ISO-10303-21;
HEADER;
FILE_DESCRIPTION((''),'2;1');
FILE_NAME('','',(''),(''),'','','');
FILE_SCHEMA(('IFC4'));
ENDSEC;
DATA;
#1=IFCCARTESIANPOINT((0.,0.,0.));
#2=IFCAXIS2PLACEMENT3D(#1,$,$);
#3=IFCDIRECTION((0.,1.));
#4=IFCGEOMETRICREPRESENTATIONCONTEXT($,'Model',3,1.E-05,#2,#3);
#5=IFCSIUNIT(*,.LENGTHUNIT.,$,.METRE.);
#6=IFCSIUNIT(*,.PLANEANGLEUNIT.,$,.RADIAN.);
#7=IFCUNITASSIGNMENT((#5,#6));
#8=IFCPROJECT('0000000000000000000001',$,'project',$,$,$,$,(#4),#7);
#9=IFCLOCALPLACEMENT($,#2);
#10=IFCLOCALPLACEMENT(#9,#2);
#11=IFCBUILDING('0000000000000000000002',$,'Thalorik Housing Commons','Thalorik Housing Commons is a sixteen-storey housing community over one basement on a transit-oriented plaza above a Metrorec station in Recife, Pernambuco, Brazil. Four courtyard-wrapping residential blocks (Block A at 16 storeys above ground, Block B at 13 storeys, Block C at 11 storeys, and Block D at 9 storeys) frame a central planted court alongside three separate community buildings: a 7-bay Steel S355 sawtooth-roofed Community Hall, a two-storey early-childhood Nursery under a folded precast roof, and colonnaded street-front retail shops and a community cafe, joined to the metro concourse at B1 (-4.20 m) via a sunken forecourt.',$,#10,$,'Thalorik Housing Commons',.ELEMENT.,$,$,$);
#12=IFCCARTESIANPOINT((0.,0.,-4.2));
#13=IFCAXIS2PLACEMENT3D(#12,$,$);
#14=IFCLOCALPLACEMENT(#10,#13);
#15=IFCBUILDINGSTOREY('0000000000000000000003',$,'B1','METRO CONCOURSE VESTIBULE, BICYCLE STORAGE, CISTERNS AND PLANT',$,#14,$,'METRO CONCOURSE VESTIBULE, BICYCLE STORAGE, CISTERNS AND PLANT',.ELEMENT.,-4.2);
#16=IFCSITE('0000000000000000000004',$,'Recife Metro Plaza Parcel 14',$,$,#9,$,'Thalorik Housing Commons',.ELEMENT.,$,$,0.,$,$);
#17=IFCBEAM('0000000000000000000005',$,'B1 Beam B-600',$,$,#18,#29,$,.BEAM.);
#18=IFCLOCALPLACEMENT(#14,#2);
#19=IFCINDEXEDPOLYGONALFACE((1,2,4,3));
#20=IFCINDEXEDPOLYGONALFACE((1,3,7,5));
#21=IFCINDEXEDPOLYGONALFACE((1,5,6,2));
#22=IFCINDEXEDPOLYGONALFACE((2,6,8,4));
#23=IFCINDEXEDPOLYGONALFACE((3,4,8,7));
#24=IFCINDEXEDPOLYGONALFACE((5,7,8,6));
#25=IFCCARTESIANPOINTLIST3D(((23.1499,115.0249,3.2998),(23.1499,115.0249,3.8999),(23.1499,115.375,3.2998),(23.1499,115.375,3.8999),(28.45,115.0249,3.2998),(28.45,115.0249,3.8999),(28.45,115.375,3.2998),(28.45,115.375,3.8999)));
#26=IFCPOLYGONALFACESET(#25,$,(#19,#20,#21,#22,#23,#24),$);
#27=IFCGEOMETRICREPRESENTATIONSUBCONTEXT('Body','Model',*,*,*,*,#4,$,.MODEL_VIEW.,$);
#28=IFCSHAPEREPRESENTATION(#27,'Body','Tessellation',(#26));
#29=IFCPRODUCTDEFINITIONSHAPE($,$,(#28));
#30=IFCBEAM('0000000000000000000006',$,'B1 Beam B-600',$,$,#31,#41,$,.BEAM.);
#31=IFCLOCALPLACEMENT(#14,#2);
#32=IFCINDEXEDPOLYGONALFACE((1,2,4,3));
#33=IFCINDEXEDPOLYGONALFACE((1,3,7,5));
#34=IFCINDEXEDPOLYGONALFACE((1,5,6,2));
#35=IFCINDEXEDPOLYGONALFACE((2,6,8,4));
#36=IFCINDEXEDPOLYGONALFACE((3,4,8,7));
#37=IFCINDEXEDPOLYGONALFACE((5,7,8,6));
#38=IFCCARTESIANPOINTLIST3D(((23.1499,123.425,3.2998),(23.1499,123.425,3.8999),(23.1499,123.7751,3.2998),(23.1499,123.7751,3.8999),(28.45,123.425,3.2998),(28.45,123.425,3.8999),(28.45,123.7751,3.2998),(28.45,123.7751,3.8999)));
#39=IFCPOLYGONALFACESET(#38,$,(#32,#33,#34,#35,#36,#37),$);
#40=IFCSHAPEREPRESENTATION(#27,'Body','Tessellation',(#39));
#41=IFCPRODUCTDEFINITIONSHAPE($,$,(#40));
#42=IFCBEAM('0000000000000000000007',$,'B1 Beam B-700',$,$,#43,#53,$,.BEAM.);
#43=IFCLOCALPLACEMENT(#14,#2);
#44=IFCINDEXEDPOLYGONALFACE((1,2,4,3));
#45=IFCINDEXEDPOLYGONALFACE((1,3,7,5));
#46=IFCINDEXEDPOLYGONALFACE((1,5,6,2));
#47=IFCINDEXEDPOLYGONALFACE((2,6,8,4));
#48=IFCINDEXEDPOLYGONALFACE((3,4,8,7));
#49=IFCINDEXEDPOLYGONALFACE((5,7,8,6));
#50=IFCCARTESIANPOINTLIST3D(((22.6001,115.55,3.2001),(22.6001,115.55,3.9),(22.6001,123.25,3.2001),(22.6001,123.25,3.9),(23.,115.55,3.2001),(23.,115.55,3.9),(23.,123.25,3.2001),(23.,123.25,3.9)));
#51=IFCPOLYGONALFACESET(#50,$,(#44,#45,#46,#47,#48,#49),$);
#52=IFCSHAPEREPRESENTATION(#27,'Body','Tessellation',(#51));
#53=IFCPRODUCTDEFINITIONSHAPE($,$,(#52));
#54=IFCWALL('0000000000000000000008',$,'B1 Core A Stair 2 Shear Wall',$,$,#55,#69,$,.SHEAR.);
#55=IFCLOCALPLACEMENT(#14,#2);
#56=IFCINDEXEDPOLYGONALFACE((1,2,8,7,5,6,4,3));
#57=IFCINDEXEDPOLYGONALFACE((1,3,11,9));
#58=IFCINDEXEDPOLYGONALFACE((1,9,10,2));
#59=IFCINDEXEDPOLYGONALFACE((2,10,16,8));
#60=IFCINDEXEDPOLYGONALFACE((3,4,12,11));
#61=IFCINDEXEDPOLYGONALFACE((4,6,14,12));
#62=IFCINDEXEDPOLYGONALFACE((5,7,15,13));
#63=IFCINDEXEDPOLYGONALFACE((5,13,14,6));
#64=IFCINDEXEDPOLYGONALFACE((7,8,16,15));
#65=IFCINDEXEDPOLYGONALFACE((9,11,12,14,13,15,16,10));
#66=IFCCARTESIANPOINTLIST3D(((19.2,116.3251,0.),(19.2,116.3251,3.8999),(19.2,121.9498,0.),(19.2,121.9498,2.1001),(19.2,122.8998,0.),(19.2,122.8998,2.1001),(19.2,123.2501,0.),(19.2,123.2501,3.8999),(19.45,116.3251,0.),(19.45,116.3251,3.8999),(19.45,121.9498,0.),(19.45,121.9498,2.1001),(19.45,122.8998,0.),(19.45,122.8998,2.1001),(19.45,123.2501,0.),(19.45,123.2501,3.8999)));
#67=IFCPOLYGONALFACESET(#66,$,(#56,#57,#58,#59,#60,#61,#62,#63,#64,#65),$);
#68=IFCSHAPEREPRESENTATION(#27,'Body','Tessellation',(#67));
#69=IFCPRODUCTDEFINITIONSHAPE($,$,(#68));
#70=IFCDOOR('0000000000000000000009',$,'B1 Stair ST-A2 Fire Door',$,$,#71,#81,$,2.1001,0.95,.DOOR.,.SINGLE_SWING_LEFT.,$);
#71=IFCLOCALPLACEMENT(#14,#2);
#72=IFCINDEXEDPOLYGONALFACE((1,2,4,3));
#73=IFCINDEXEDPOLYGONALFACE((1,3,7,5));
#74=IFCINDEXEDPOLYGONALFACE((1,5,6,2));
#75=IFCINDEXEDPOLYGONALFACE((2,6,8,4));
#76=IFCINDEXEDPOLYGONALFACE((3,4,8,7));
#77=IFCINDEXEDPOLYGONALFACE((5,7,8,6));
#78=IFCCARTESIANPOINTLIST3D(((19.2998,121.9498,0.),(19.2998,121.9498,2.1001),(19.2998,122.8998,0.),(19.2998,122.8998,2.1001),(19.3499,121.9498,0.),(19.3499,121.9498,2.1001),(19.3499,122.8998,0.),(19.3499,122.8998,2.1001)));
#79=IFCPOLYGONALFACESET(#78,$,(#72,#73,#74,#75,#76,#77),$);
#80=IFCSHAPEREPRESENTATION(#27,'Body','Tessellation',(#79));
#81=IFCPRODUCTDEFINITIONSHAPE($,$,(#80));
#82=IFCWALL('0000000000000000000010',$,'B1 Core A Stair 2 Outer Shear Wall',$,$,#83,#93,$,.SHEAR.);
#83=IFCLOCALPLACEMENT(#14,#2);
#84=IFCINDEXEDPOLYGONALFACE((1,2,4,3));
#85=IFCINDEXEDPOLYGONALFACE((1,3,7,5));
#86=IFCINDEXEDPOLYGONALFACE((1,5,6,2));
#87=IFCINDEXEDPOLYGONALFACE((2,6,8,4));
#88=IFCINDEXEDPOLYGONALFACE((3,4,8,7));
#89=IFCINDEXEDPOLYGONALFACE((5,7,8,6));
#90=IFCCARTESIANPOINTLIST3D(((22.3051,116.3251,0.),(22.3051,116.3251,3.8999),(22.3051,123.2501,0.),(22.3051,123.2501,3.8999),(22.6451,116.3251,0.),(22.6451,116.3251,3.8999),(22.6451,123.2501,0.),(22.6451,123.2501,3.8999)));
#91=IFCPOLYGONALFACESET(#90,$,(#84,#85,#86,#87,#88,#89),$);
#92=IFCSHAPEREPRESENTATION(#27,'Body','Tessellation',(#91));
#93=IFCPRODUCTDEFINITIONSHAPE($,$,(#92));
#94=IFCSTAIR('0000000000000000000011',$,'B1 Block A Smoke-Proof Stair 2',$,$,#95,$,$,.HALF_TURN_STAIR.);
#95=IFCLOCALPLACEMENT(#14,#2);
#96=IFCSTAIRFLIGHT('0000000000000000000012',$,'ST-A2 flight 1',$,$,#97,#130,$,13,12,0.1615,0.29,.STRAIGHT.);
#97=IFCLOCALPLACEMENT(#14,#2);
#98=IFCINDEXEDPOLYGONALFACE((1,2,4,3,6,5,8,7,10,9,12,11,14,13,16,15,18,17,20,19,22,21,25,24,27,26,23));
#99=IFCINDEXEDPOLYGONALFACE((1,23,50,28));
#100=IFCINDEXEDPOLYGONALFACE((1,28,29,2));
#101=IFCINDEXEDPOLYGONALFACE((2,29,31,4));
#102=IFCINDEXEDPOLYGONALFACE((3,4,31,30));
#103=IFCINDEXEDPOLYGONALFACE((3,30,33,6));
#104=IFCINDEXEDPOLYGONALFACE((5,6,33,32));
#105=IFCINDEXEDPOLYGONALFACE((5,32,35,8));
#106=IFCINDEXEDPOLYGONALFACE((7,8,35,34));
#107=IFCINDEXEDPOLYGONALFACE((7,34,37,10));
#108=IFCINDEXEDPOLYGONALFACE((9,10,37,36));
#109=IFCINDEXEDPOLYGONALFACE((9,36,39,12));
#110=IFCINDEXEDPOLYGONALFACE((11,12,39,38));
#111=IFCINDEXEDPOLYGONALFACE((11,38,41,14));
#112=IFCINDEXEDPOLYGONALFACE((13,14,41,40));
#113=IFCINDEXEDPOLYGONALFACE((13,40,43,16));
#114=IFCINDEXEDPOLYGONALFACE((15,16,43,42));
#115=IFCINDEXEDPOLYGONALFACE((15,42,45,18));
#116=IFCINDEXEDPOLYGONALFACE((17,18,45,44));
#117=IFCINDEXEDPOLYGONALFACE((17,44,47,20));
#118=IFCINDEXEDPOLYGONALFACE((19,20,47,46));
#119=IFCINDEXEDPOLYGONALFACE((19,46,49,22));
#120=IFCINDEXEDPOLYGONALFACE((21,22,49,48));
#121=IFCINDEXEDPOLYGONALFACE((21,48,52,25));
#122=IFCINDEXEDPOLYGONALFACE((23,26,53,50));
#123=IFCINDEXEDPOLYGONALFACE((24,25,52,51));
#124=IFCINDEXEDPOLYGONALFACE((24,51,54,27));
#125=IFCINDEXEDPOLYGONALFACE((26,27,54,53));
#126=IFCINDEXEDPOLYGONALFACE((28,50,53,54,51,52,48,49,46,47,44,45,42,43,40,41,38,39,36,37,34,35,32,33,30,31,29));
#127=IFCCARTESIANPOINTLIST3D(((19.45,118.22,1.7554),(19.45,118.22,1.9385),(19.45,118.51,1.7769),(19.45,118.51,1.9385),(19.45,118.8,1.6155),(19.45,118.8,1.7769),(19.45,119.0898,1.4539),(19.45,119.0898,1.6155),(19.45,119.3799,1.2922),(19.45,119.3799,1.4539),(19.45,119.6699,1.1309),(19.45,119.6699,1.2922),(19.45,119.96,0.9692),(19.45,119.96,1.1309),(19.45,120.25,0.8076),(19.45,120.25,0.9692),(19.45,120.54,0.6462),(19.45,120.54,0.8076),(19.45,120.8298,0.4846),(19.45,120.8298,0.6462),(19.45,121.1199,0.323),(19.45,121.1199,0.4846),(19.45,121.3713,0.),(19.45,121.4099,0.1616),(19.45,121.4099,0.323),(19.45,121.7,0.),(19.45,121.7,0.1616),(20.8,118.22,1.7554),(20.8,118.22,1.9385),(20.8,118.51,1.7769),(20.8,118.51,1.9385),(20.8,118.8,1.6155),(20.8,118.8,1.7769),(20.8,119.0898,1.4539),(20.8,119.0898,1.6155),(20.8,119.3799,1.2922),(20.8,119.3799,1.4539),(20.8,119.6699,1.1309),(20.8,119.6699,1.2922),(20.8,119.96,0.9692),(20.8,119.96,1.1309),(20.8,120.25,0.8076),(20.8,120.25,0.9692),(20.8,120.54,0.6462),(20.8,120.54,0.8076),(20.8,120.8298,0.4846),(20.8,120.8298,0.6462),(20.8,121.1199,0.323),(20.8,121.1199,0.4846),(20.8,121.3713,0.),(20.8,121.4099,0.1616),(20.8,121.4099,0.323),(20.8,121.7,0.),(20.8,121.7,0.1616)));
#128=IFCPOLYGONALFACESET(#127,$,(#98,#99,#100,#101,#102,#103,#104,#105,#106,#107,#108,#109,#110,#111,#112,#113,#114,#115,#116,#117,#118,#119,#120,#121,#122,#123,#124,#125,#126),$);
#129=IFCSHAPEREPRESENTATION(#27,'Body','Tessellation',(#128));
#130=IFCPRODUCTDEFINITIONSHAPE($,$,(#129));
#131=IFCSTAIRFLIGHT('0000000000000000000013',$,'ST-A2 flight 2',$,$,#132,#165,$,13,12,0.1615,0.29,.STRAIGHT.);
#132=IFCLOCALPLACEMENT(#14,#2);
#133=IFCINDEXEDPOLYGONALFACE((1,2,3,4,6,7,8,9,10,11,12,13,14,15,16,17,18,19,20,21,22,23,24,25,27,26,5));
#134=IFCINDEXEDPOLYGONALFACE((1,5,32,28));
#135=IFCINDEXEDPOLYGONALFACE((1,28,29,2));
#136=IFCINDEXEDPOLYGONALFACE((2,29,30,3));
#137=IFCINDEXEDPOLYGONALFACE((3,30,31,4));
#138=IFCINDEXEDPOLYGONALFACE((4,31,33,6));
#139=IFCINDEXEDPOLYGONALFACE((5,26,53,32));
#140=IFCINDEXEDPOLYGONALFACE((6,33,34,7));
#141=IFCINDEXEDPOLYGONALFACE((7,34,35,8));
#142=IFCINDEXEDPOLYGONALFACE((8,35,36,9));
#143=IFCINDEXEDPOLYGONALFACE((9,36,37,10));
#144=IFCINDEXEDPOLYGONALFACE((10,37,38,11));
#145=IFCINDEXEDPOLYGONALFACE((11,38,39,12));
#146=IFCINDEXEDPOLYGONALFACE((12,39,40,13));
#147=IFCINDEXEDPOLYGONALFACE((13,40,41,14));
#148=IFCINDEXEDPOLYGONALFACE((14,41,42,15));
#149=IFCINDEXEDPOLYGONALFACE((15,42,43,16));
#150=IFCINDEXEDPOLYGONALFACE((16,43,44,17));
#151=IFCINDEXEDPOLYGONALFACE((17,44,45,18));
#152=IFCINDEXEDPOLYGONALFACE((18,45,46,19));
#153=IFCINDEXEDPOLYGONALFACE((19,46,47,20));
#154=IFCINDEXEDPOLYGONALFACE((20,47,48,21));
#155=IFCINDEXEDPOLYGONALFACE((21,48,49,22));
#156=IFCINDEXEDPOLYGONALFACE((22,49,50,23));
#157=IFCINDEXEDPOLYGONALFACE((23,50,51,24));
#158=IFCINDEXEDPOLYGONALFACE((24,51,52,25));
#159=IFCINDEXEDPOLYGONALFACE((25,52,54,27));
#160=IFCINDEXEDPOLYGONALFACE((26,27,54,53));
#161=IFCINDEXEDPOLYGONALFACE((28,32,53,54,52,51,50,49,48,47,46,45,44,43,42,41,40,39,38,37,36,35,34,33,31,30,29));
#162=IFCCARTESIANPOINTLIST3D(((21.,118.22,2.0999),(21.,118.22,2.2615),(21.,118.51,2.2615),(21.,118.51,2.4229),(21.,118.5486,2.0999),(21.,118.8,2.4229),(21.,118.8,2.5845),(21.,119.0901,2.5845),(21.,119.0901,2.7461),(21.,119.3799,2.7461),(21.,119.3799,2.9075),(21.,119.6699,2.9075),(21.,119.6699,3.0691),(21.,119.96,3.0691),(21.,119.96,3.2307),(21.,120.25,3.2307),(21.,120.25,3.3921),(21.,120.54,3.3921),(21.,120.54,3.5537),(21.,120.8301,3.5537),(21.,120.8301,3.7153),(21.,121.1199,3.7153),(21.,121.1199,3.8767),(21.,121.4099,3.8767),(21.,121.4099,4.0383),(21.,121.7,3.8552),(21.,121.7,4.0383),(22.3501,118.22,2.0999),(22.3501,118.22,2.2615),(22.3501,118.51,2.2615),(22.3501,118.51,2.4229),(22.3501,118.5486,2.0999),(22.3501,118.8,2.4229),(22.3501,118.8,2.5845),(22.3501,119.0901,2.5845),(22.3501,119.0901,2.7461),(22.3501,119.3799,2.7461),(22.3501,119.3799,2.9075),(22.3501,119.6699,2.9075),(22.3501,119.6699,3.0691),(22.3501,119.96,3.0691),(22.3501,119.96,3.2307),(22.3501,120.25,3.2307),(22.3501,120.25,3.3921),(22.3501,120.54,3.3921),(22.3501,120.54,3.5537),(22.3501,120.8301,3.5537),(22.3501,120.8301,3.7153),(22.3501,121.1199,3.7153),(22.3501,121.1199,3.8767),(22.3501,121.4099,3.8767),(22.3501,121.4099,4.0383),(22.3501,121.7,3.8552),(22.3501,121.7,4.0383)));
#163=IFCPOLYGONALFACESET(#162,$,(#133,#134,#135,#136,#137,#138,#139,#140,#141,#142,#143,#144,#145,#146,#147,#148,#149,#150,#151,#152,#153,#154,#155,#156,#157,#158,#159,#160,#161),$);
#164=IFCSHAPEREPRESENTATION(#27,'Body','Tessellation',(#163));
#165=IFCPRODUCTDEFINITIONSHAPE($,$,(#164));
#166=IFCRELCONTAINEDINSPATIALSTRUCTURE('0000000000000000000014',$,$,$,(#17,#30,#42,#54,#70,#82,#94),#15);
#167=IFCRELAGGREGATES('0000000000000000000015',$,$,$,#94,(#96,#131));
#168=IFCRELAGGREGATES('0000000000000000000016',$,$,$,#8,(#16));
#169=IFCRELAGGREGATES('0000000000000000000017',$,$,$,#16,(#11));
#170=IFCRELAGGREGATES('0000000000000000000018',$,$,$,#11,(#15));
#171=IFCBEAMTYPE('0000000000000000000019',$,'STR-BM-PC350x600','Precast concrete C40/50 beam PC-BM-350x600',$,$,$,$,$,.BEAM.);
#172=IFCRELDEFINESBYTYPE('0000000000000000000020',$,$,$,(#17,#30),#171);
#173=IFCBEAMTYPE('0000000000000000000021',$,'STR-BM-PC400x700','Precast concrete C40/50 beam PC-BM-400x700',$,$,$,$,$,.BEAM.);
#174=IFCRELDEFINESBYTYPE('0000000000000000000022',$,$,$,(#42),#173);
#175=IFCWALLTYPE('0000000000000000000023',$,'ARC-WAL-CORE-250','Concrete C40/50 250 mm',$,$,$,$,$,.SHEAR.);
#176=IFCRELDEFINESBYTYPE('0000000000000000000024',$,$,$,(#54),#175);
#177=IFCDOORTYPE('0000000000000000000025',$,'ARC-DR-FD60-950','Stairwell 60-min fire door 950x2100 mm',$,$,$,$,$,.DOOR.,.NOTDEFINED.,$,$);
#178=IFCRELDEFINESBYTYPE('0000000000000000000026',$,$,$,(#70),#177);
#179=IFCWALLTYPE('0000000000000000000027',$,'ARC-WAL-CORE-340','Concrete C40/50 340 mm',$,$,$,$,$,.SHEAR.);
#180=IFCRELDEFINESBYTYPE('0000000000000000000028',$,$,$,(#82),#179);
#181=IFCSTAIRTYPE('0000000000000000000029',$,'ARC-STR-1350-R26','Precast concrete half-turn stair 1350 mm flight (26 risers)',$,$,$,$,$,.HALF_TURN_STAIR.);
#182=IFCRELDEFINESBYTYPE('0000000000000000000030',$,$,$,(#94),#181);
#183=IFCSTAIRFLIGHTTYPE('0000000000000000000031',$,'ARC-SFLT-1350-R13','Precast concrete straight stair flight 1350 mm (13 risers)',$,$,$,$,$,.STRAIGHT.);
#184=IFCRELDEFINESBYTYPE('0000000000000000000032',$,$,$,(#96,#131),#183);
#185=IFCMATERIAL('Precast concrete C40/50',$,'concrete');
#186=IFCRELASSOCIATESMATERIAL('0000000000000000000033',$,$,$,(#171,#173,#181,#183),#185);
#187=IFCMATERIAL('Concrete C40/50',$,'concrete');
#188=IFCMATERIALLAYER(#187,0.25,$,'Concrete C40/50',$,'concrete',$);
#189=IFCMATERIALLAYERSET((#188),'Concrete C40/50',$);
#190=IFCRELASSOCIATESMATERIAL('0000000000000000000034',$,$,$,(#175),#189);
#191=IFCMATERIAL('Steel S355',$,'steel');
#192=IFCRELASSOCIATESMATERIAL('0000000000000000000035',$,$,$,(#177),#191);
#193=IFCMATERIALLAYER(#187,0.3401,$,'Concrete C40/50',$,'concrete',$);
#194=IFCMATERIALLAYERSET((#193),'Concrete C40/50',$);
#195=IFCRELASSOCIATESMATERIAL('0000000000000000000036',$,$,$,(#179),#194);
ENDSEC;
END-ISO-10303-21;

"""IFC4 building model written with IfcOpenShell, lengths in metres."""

from ifc_helpers import new_model, si_unit, direction, frame, frame_2d, origin, origin_2d, place, context, subcontext, project, spatial, polyline, rectangle, outline, extrude, material, layer, layer_set, material_profile, profile_set, type_object, element, fill, aggregate, save


model = new_model("IFC4")

# Units and contexts
model_context = context("Model", 3, precision=1e-05, world=origin(), true_north=direction((0.0, 1.0)))
body_context = subcontext(model_context, "Body", "Model", "MODEL_VIEW")
ifc_project = project(units=[si_unit("LENGTHUNIT", "METRE"), si_unit("PLANEANGLEUNIT", "RADIAN")], contexts=[model_context])

# Site, building, storey
site_placement = place(None, origin())
site = spatial("IfcSite", under=ifc_project, at=site_placement, Name="Recife Metro Plaza Parcel 14", LongName="Thalorik Housing Commons", CompositionType="ELEMENT", RefElevation=0.0)
building_placement = place(site_placement, origin())
building = spatial("IfcBuilding", under=site, at=building_placement, Name="Thalorik Housing Commons", Description="Thalorik Housing Commons is a sixteen-storey housing community over one basement on a transit-oriented plaza above a Metrorec station in Recife, Pernambuco, Brazil. Four courtyard-wrapping residential blocks (Block A at 16 storeys above ground, Block B at 13 storeys, Block C at 11 storeys, and Block D at 9 storeys) frame a central planted court alongside three separate community buildings: a 7-bay Steel S355 sawtooth-roofed Community Hall, a two-storey early-childhood Nursery under a folded precast roof, and colonnaded street-front retail shops and a community cafe, joined to the metro concourse at B1 (-4.20 m) via a sunken forecourt.", LongName="Thalorik Housing Commons", CompositionType="ELEMENT")
storey_placement = place(building_placement, frame((0.0, 0.0, -4.2)))
storey = spatial("IfcBuildingStorey", under=building, at=storey_placement, Name="B1", Description="METRO CONCOURSE VESTIBULE, BICYCLE STORAGE, CISTERNS AND PLANT", LongName="METRO CONCOURSE VESTIBULE, BICYCLE STORAGE, CISTERNS AND PLANT", CompositionType="ELEMENT", Elevation=-4.2)

# Shared definitions
ifc_material_1 = material(Name="Concrete C40/50", Category="concrete")

# Shared definitions
ifc_material_2 = material(Name="Precast concrete C40/50", Category="concrete")

# Beams
ifc_material_profile_1 = material_profile(ifc_material_2, rectangle(XDim=0.3501, YDim=0.6001, at=origin_2d()), Name="PC 350x600", Category="concrete")
ifc_profile_set_1 = profile_set([ifc_material_profile_1], Name="Precast concrete C40/50")
beam_type_1 = type_object("IfcBeamType", Name="STR-BM-PC350x600", Description="Precast concrete C40/50 beam PC-BM-350x600", PredefinedType="BEAM", material=ifc_profile_set_1)
for number, where, z_axis, x_axis, name in (
    (1, (23.1499, 115.2, 3.5999), (1.0, 0.0, 0.0), (0.0, 1.0, 0.0), "B1 Beam B-600"),
    (2, (23.1499, 123.6001, 3.5999), (1.0, 0.0, 0.0), (0.0, 1.0, 0.0), "B1 Beam B-600"),
):
    element("IfcBeam", number, at=place(storey_placement, frame(where, z_axis=z_axis, x_axis=x_axis)), inside=storey, type_object=beam_type_1, Name=name, PredefinedType="BEAM", context=body_context, shape_type="SweptSolid", body=[
        extrude(rectangle(XDim=0.3501, YDim=0.6001, at=origin_2d()), origin(), (0.0, 0.0, 1.0), 5.3),
    ])
ifc_material_profile_2 = material_profile(ifc_material_2, rectangle(XDim=0.3999, YDim=0.7, at=origin_2d()), Name="PC 400x700", Category="concrete")
ifc_profile_set_2 = profile_set([ifc_material_profile_2], Name="Precast concrete C40/50")
beam_type_2 = type_object("IfcBeamType", Name="STR-BM-PC400x700", Description="Precast concrete C40/50 beam PC-BM-400x700", PredefinedType="BEAM", material=ifc_profile_set_2)
beam_placement = place(storey_placement, frame((22.8, 115.55, 3.55), z_axis=(0.0, 1.0, 0.0), x_axis=(-1.0, 0.0, 0.0)))
element("IfcBeam", 3, at=beam_placement, inside=storey, type_object=beam_type_2, Name="B1 Beam B-700", PredefinedType="BEAM", context=body_context, shape_type="SweptSolid", body=[
    extrude(rectangle(XDim=0.3999, YDim=0.7, at=origin_2d()), origin(), (0.0, 0.0, 1.0), 7.7),
])

# Wall, opening, door
ifc_layer_1 = layer(ifc_material_1, 0.25, Name="Concrete C40/50", Category="concrete")
ifc_layer_set_1 = layer_set([ifc_layer_1], Name="Concrete C40/50")
wall_type_1 = type_object("IfcWallType", Name="ARC-WAL-CORE-250", Description="Concrete C40/50 250 mm", PredefinedType="SHEAR", material=ifc_layer_set_1)
wall_1_placement = place(storey_placement, frame((19.325, 123.25, 0.0), z_axis=(0.0, 0.0, 1.0), x_axis=(0.0, -1.0, 0.0)))
wall_1 = element("IfcWall", 4, at=wall_1_placement, inside=storey, type_object=wall_type_1, Name="B1 Core A Stair 2 Shear Wall", PredefinedType="SHEAR", context=body_context, shape_type="SweptSolid", body=[
    extrude(rectangle(XDim=6.925, YDim=0.25, at=frame_2d((3.4624, 0.0))), origin(), (0.0, 0.0, 1.0), 3.8999),
])
opening_placement = place(wall_1_placement, frame((0.3501, 0.0, 0.0)))
opening = element("IfcOpeningElement", 5, at=opening_placement, cuts=wall_1, PredefinedType="OPENING", context=body_context, shape_type="SweptSolid", body=[
    extrude(rectangle(XDim=0.95, YDim=2.1001, at=frame_2d((0.4751, 1.05))), frame((0.0, 0.135, 0.0), z_axis=(0.0, -1.0, 0.0), x_axis=(1.0, 0.0, 0.0)), (0.0, 0.0, 1.0), 0.27),
])
ifc_material_3 = material(Name="Steel S355", Category="steel")
door_type = type_object("IfcDoorType", Name="ARC-DR-FD60-950", Description="Stairwell 60-min fire door 950x2100 mm", OperationType="NOTDEFINED", PredefinedType="DOOR", material=ifc_material_3)
door_placement = place(opening_placement, origin())
door = element("IfcDoor", 6, at=door_placement, inside=storey, type_object=door_type, Name="B1 Stair ST-A2 Fire Door", OperationType="SINGLE_SWING_LEFT", OverallHeight=2.1001, OverallWidth=0.95, PredefinedType="DOOR", context=body_context, shape_type="SweptSolid", body=[
    extrude(rectangle(XDim=0.95, YDim=2.1001, at=frame_2d((0.4751, 1.05))), frame((0.0, 0.0249, 0.0), z_axis=(0.0, -1.0, 0.0), x_axis=(1.0, 0.0, 0.0)), (0.0, 0.0, 1.0), 0.05),
])
fill(opening, door)

# Wall
ifc_layer_2 = layer(ifc_material_1, 0.3401, Name="Concrete C40/50", Category="concrete")
ifc_layer_set_2 = layer_set([ifc_layer_2], Name="Concrete C40/50")
wall_type_2 = type_object("IfcWallType", Name="ARC-WAL-CORE-340", Description="Concrete C40/50 340 mm", PredefinedType="SHEAR", material=ifc_layer_set_2)
wall_2_placement = place(storey_placement, frame((22.4751, 123.25, 0.0), z_axis=(0.0, 0.0, 1.0), x_axis=(0.0, -1.0, 0.0)))
element("IfcWall", 7, at=wall_2_placement, inside=storey, type_object=wall_type_2, Name="B1 Core A Stair 2 Outer Shear Wall", PredefinedType="SHEAR", context=body_context, shape_type="SweptSolid", body=[
    extrude(rectangle(XDim=6.925, YDim=0.3401, at=frame_2d((3.4624, 0.0))), origin(), (0.0, 0.0, 1.0), 3.8999),
])

# Stair, stair flights
stair_type = type_object("IfcStairType", Name="ARC-STR-1350-R26", Description="Precast concrete half-turn stair 1350 mm flight (26 risers)", PredefinedType="HALF_TURN_STAIR", material=ifc_material_2)
stair_placement = place(storey_placement, origin())
stair = element("IfcStair", 8, at=stair_placement, inside=storey, type_object=stair_type, Name="B1 Block A Smoke-Proof Stair 2", PredefinedType="HALF_TURN_STAIR")
stair_flight_type = type_object("IfcStairFlightType", Name="ARC-SFLT-1350-R13", Description="Precast concrete straight stair flight 1350 mm (13 risers)", PredefinedType="STRAIGHT", material=ifc_material_2)
stair_flight_1_placement = place(storey_placement, frame((20.125, 121.7, 0.0), z_axis=(0.0, 0.0, 1.0), x_axis=(0.0, -1.0, 0.0)))
stair_flight_1 = element("IfcStairFlight", 9, at=stair_flight_1_placement, type_object=stair_flight_type, Name="ST-A2 flight 1", NumberOfRisers=13, NumberOfTreads=12, PredefinedType="STRAIGHT", RiserHeight=0.1615, TreadLength=0.29, context=body_context, shape_type="SweptSolid", body=[
    extrude(outline(polyline([(0.0, 0.0), (0.0, 0.1616), (0.29, 0.1616), (0.29, 0.323), (0.5801, 0.323), (0.5801, 0.4846), (0.8701, 0.4846), (0.8701, 0.6462), (1.1599, 0.6462), (1.1599, 0.8076), (1.45, 0.8076), (1.45, 0.9692), (1.74, 0.9692), (1.74, 1.1309), (2.03, 1.1309), (2.03, 1.2922), (2.3201, 1.2922), (2.3201, 1.4539), (2.6101, 1.4539), (2.6101, 1.6155), (2.8999, 1.6155), (2.8999, 1.7769), (3.1899, 1.7769), (3.1899, 1.9385), (3.48, 1.9385), (3.48, 2.1001), (3.48, 1.7554), (0.3286, 0.0), (0.0, 0.0)])), frame((0.0, 0.675, 0.0), z_axis=(0.0, -1.0, 0.0), x_axis=(1.0, 0.0, 0.0)), (0.0, 0.0, 1.0), 1.3501),
])
stair_flight_2_placement = place(storey_placement, frame((21.675, 118.22, 2.0999), z_axis=(0.0, 0.0, 1.0), x_axis=(0.0, 1.0, 0.0)))
stair_flight_2 = element("IfcStairFlight", 10, at=stair_flight_2_placement, type_object=stair_flight_type, Name="ST-A2 flight 2", NumberOfRisers=13, NumberOfTreads=12, PredefinedType="STRAIGHT", RiserHeight=0.1615, TreadLength=0.29, context=body_context, shape_type="SweptSolid", body=[
    extrude(outline(polyline([(0.0, 0.0), (0.0, 0.1616), (0.29, 0.1616), (0.29, 0.323), (0.5801, 0.323), (0.5801, 0.4846), (0.8701, 0.4846), (0.8701, 0.6462), (1.1599, 0.6462), (1.1599, 0.8076), (1.45, 0.8076), (1.45, 0.9692), (1.74, 0.9692), (1.74, 1.1309), (2.03, 1.1309), (2.03, 1.2922), (2.3201, 1.2922), (2.3201, 1.4539), (2.6101, 1.4539), (2.6101, 1.6155), (2.8999, 1.6155), (2.8999, 1.7769), (3.1899, 1.7769), (3.1899, 1.9385), (3.48, 1.9385), (3.48, 2.1001), (3.48, 1.7554), (0.3286, 0.0), (0.0, 0.0)])), frame((0.0, 0.675, 0.0), z_axis=(0.0, -1.0, 0.0), x_axis=(1.0, 0.0, 0.0)), (0.0, 0.0, 1.0), 1.3501),
])
aggregate(stair, [stair_flight_1, stair_flight_2])

save(model, "model.ifc")
